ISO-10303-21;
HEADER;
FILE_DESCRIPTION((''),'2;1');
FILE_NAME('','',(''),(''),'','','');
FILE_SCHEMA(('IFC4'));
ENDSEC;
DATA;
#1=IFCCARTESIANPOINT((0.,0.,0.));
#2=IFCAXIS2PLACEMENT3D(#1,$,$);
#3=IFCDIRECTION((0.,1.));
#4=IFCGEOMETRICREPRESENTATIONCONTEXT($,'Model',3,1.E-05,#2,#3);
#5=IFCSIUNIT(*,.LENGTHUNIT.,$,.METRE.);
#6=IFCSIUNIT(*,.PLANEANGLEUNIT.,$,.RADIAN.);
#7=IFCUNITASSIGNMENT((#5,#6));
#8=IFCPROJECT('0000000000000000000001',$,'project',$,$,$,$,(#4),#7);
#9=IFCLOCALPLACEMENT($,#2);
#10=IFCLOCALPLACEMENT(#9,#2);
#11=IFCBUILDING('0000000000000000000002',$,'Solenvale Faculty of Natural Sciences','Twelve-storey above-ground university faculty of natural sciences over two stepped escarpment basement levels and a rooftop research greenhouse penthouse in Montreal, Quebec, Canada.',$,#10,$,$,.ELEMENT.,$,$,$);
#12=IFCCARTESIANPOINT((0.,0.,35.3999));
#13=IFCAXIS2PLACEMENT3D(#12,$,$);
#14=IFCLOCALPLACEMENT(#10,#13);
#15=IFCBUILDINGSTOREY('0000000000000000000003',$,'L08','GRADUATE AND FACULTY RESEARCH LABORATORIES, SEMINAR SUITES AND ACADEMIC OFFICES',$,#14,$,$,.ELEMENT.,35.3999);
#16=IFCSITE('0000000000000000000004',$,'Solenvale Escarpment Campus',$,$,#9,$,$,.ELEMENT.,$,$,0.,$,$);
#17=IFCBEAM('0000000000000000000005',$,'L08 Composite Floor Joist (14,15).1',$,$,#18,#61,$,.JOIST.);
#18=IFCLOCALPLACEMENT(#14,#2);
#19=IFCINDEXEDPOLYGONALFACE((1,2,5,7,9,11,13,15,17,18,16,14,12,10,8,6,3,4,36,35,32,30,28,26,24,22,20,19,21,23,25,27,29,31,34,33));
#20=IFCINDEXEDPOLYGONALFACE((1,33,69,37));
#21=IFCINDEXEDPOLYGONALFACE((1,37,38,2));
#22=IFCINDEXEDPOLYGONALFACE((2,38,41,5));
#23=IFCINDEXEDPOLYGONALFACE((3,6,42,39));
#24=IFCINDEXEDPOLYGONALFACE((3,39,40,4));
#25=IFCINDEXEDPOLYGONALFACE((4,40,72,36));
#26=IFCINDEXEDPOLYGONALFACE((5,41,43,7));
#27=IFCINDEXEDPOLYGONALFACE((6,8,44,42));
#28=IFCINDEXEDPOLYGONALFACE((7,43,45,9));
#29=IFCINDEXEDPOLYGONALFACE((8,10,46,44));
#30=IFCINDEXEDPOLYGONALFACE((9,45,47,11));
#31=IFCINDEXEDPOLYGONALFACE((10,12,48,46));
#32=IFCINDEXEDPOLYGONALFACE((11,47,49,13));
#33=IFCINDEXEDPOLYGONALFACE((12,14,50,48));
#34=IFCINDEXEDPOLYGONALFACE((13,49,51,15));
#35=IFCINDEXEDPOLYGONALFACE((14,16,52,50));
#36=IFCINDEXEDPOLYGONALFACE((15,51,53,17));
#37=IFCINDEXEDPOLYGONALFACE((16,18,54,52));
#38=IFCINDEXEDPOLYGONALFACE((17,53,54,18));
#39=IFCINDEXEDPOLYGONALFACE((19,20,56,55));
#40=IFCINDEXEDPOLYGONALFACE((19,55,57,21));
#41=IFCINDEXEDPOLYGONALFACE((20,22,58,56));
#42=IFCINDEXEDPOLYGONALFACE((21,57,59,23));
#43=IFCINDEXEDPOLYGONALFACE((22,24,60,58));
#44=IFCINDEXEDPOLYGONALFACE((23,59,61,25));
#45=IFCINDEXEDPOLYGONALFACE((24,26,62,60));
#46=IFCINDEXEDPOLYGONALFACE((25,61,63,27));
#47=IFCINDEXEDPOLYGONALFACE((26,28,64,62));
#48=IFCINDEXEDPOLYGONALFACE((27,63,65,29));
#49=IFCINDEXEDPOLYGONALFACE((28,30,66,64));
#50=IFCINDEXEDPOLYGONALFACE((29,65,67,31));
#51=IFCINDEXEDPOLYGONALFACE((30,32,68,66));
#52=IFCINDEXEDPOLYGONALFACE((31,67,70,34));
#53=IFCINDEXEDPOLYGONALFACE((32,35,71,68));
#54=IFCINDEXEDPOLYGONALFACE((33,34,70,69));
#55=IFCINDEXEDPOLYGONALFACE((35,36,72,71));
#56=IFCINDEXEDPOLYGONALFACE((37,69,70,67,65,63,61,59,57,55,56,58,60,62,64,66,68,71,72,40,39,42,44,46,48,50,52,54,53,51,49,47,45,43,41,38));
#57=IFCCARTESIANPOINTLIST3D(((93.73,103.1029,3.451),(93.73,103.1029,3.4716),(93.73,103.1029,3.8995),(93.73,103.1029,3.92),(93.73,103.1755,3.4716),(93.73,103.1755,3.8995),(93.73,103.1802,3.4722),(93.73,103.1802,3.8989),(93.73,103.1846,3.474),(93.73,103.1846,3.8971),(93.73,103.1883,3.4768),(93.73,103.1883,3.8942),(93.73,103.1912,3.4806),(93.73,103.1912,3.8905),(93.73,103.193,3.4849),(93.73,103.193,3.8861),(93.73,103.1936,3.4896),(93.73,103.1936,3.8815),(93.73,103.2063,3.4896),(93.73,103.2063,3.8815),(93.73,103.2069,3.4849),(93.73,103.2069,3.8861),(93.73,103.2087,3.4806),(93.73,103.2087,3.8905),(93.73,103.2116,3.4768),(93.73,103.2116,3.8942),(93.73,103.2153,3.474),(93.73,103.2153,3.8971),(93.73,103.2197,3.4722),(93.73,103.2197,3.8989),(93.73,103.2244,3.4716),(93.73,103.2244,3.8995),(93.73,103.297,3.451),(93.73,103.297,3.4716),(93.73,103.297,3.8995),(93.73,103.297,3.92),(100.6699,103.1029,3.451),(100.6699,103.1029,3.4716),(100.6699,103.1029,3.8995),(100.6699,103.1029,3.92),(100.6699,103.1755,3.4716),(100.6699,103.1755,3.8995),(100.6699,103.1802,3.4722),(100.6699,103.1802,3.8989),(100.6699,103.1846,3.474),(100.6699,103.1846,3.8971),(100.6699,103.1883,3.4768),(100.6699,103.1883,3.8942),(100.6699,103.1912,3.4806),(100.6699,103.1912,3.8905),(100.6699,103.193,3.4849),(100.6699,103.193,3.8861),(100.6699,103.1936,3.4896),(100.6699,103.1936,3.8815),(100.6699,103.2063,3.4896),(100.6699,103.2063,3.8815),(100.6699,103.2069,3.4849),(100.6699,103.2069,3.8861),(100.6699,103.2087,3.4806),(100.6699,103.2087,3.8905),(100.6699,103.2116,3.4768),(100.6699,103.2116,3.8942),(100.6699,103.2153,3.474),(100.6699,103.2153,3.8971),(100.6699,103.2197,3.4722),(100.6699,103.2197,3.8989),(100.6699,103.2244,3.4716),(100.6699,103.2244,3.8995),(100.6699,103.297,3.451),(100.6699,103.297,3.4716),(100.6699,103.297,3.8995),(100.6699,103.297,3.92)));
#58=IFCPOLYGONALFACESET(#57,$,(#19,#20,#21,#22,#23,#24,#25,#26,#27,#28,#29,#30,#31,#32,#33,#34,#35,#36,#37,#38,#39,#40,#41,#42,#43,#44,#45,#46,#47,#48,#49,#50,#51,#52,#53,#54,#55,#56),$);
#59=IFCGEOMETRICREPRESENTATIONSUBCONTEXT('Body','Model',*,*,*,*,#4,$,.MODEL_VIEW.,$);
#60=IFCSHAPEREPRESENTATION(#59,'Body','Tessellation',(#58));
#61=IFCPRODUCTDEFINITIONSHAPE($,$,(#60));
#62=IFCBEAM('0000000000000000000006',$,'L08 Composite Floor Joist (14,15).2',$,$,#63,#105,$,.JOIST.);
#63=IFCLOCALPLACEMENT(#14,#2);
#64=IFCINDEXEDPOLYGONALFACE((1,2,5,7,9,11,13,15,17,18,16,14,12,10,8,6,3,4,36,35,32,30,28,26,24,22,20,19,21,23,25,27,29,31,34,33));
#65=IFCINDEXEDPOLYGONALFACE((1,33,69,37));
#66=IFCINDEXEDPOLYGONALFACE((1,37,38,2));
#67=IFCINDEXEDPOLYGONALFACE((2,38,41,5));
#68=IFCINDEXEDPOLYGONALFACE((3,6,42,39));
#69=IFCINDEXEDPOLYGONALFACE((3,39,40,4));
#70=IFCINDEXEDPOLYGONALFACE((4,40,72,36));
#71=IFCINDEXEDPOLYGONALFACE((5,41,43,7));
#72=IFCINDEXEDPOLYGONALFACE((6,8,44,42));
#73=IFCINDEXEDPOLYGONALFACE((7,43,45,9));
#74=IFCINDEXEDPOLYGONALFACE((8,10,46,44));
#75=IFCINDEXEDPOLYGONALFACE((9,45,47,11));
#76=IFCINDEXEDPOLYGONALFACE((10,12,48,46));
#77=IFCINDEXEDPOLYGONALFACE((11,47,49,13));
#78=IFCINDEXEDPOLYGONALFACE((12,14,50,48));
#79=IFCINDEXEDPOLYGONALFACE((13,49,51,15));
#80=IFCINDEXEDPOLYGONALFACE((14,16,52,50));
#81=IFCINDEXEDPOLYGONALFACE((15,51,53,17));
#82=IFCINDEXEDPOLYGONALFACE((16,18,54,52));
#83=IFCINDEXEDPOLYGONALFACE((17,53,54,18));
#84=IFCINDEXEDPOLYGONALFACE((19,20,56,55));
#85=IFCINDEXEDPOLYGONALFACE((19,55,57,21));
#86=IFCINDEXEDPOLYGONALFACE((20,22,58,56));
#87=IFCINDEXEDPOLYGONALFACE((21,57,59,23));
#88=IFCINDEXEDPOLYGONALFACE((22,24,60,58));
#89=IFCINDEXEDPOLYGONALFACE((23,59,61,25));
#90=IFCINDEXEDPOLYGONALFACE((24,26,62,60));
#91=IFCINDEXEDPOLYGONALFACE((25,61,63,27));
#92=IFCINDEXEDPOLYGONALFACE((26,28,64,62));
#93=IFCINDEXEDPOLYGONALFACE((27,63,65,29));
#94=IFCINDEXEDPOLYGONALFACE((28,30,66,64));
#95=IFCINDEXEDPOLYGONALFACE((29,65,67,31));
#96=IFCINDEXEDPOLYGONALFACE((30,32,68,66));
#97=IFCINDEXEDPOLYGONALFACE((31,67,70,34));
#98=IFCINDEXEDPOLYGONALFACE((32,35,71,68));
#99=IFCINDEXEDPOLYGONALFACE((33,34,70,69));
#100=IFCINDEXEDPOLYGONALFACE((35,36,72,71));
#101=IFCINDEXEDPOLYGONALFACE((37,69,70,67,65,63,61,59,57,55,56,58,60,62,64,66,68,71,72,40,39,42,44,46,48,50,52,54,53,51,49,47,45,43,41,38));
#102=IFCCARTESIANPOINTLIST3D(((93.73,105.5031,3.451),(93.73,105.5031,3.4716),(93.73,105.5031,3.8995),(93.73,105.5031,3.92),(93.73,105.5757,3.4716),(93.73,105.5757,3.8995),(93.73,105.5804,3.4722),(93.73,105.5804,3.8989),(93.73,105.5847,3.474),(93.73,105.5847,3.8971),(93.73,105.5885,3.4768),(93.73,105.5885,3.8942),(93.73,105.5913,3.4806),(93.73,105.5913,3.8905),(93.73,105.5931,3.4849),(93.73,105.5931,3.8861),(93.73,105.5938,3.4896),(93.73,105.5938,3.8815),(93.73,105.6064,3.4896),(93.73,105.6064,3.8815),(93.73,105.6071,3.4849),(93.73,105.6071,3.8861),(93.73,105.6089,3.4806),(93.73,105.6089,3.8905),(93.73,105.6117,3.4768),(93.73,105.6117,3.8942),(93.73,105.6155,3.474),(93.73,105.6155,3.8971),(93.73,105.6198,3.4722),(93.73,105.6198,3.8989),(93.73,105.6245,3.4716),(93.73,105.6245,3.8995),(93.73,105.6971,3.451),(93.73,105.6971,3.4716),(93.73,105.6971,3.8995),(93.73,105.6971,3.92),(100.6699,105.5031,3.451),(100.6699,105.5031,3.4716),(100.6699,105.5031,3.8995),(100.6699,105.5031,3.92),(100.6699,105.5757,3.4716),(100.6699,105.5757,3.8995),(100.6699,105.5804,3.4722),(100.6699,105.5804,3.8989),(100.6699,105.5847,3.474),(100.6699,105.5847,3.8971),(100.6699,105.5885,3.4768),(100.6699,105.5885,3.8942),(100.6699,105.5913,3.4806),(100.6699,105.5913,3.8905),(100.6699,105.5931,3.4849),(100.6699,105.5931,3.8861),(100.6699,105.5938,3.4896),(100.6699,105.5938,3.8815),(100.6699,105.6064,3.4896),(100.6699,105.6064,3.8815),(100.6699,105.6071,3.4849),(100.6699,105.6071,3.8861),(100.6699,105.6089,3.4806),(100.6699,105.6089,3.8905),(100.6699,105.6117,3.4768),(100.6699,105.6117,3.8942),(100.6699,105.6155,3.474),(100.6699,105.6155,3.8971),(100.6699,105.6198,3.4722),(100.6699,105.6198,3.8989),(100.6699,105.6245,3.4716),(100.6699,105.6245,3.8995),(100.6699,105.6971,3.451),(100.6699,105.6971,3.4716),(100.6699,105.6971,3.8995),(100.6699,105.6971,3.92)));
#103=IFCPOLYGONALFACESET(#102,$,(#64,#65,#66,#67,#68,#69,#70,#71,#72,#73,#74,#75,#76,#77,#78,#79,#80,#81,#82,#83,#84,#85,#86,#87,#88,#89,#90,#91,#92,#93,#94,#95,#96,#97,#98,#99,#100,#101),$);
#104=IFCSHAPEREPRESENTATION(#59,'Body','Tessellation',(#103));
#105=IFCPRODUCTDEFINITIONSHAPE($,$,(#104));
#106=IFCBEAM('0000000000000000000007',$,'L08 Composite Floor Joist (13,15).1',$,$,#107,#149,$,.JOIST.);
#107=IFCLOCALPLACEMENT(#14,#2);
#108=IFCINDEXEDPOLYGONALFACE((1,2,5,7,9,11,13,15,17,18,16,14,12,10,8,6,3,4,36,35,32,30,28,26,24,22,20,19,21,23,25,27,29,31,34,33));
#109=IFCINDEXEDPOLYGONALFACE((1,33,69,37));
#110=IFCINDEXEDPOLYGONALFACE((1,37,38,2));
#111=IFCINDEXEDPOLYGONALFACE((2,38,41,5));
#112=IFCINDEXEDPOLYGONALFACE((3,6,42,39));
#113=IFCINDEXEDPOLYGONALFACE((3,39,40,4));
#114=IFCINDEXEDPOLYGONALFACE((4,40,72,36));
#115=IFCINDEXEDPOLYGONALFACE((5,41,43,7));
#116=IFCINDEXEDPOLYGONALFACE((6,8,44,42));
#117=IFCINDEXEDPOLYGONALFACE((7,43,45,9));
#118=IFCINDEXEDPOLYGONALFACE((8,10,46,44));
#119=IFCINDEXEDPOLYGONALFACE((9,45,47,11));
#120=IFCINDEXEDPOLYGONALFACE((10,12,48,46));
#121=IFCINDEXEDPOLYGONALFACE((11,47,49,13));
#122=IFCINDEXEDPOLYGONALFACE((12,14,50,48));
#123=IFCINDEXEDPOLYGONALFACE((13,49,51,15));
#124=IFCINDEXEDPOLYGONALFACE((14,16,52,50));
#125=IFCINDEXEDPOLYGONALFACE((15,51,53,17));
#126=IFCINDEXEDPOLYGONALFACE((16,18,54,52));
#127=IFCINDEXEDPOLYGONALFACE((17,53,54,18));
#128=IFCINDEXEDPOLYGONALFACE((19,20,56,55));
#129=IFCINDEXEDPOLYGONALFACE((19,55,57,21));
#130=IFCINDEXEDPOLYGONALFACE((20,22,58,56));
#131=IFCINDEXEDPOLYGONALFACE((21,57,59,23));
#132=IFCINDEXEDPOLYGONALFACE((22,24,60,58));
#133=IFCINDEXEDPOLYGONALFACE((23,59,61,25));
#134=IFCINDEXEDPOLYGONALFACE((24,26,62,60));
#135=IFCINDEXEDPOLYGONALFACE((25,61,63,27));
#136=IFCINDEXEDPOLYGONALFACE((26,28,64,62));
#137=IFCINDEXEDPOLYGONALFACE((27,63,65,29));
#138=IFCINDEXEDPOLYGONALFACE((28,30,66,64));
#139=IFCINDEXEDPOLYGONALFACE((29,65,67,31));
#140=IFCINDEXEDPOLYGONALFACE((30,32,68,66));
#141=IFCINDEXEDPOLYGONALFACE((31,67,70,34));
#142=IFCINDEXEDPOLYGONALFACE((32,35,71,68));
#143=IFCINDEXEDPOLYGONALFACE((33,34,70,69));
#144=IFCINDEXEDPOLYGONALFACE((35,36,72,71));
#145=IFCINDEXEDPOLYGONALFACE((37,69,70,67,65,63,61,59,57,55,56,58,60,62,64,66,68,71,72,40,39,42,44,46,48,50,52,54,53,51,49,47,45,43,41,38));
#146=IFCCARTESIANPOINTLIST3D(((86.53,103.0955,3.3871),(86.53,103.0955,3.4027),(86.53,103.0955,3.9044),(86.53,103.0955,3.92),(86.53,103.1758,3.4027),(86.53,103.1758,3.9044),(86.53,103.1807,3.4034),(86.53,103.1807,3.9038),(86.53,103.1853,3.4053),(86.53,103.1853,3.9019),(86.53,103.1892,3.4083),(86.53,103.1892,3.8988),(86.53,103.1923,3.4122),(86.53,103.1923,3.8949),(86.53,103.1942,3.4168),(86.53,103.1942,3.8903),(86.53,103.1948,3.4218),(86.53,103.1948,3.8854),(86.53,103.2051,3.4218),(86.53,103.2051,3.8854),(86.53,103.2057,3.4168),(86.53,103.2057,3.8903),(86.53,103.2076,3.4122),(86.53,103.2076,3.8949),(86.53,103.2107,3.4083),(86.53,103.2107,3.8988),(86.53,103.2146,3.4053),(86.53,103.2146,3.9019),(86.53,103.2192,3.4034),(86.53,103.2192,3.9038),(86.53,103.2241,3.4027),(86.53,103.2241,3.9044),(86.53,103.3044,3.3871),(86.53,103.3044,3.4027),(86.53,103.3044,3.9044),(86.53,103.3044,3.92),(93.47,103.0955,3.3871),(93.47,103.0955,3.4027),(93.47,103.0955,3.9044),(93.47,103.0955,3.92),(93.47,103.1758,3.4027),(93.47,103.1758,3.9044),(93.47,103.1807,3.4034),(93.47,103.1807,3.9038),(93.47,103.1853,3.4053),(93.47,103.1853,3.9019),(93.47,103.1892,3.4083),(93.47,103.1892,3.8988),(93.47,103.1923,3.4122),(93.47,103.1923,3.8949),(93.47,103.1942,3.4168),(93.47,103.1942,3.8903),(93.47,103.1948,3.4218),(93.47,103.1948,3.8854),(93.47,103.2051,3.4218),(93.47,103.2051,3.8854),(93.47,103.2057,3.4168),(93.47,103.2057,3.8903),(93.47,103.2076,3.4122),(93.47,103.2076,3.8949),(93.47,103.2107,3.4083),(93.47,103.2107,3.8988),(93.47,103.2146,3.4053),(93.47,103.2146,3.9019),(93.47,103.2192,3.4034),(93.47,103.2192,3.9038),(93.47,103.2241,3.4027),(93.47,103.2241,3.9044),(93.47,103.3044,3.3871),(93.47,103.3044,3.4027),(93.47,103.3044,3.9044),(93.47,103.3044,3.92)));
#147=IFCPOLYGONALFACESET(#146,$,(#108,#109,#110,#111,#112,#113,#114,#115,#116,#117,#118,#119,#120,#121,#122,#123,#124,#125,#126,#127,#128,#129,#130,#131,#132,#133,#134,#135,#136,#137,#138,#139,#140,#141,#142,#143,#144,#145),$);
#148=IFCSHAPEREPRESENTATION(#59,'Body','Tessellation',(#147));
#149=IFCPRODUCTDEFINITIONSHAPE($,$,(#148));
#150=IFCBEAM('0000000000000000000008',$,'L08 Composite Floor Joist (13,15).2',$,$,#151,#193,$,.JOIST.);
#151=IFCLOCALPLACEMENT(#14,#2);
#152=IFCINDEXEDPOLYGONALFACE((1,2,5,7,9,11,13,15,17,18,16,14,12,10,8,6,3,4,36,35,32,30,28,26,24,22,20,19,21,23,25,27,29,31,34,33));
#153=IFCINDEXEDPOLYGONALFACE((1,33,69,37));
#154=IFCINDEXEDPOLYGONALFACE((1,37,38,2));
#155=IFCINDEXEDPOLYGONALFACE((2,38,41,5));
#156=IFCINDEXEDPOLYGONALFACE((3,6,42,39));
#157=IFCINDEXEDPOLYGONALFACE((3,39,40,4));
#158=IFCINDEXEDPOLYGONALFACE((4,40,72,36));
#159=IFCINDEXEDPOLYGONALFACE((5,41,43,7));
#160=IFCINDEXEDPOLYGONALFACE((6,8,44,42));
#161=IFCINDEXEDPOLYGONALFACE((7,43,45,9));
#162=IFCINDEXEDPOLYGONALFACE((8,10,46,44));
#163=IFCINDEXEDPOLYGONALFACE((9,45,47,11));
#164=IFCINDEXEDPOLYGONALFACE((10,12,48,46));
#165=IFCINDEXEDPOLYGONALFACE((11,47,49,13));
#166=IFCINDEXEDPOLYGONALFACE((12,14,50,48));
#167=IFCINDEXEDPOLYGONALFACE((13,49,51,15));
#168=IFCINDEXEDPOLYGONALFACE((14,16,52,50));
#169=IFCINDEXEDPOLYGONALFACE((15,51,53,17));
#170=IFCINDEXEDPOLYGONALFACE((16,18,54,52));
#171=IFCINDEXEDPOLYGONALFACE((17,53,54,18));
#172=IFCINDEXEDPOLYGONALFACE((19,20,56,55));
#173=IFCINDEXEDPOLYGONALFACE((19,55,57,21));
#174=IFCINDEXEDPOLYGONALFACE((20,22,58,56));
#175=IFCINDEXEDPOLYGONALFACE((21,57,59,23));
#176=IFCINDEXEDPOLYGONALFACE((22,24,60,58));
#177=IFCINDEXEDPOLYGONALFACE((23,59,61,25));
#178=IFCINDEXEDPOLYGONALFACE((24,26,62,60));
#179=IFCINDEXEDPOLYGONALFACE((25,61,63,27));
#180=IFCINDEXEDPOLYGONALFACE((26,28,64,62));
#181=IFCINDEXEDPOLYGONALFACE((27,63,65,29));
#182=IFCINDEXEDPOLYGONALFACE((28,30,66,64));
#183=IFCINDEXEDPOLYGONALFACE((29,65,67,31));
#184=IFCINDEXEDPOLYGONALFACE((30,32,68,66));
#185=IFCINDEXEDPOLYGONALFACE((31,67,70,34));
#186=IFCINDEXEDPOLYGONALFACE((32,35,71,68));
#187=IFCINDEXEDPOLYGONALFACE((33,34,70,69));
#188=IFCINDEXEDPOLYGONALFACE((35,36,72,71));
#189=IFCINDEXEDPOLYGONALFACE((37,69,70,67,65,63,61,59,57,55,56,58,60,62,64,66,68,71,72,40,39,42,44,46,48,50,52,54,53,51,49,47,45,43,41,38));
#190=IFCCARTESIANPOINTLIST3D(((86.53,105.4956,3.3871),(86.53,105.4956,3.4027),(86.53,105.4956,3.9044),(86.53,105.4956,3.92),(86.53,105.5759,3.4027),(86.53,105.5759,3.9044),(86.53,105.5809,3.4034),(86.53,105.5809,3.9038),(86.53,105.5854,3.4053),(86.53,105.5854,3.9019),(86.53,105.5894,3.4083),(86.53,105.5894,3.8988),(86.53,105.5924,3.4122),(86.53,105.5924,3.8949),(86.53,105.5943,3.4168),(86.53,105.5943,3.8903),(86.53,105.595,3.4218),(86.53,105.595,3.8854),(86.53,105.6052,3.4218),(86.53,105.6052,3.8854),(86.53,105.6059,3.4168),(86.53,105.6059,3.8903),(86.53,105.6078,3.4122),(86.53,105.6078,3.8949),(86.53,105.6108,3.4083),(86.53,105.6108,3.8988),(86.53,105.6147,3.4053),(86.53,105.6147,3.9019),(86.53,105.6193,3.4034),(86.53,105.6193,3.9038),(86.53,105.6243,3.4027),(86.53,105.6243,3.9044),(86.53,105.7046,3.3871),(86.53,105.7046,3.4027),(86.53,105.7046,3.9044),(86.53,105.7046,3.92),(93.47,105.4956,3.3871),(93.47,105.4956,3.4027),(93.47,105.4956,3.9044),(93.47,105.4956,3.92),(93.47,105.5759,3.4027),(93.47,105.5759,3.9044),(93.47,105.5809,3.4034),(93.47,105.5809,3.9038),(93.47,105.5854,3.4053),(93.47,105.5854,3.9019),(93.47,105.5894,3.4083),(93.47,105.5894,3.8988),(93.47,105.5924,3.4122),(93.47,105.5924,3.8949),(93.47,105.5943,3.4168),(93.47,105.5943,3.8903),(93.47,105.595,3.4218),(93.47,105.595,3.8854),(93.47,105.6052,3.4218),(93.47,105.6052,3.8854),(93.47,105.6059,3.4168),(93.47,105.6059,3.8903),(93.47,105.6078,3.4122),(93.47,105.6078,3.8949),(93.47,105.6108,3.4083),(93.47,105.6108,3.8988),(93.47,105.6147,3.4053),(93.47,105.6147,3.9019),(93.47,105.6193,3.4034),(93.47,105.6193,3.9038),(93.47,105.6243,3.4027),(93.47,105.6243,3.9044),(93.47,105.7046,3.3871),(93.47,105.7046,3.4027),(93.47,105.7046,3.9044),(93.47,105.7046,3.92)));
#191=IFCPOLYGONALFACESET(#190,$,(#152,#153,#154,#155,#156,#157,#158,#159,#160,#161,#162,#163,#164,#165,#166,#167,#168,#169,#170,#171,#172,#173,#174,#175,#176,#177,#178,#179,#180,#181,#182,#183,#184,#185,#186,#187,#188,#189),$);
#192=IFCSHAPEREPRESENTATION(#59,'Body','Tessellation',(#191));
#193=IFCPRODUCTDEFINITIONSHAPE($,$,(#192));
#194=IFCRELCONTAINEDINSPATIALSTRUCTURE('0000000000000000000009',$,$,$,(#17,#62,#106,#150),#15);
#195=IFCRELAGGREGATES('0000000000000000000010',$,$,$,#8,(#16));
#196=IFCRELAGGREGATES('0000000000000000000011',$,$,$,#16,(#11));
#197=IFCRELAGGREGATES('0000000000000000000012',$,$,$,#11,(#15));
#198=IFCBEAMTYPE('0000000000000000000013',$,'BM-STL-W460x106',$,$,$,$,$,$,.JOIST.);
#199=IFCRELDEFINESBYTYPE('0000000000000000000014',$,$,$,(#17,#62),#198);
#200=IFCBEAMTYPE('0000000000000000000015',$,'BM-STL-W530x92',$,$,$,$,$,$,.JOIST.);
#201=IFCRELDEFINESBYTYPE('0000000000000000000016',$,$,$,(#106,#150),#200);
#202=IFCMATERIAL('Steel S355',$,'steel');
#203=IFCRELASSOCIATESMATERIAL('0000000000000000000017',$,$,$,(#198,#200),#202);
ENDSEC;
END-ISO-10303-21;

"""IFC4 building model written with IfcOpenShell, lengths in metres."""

from ifc_helpers import new_model, si_unit, direction, frame, origin, origin_2d, place, context, subcontext, project, spatial, i_section, extrude, material, material_profile, profile_set, type_object, element, save


model = new_model("IFC4")

# Units and contexts
model_context = context("Model", 3, precision=1e-05, world=origin(), true_north=direction((0.0, 1.0)))
body_context = subcontext(model_context, "Body", "Model", "MODEL_VIEW")
ifc_project = project(units=[si_unit("LENGTHUNIT", "METRE"), si_unit("PLANEANGLEUNIT", "RADIAN")], contexts=[model_context])

# Site, building, storey
site_placement = place(None, origin())
site = spatial("IfcSite", under=ifc_project, at=site_placement, Name="Solenvale Escarpment Campus", CompositionType="ELEMENT", RefElevation=0.0)
building_placement = place(site_placement, origin())
building = spatial("IfcBuilding", under=site, at=building_placement, Name="Solenvale Faculty of Natural Sciences", Description="Twelve-storey above-ground university faculty of natural sciences over two stepped escarpment basement levels and a rooftop research greenhouse penthouse in Montreal, Quebec, Canada.", CompositionType="ELEMENT")
storey_placement = place(building_placement, frame((0.0, 0.0, 35.3999)))
storey = spatial("IfcBuildingStorey", under=building, at=storey_placement, Name="L08", Description="GRADUATE AND FACULTY RESEARCH LABORATORIES, SEMINAR SUITES AND ACADEMIC OFFICES", CompositionType="ELEMENT", Elevation=35.3999)

# Beams
ifc_material_1 = material(Name="Steel S355", Category="steel")
ifc_material_profile_1 = material_profile(ifc_material_1, i_section(OverallWidth=0.1941, OverallDepth=0.469, WebThickness=0.0127, FlangeThickness=0.0205, FilletRadius=0.0181, at=origin_2d()), Name="W460x106")
ifc_profile_set_1 = profile_set([ifc_material_profile_1], Name="Steel S355")
beam_type_1 = type_object("IfcBeamType", Name="BM-STL-W460x106", PredefinedType="JOIST", material=ifc_profile_set_1)
for number, where, z_axis, x_axis, name in (
    (1, (93.73, 103.2, 3.6855), (1.0, 0.0, 0.0), (0.0, 1.0, 0.0), "L08 Composite Floor Joist (14,15).1"),
    (2, (93.73, 105.6001, 3.6855), (1.0, 0.0, 0.0), (0.0, 1.0, 0.0), "L08 Composite Floor Joist (14,15).2"),
):
    element("IfcBeam", number, at=place(storey_placement, frame(where, z_axis=z_axis, x_axis=x_axis)), inside=storey, type_object=beam_type_1, Name=name, PredefinedType="JOIST", context=body_context, shape_type="SweptSolid", body=[
        extrude(i_section(OverallWidth=0.1941, OverallDepth=0.469, WebThickness=0.0127, FlangeThickness=0.0205, FilletRadius=0.0181, at=origin_2d()), origin(), (0.0, 0.0, 1.0), 6.9399),
    ])
ifc_material_profile_2 = material_profile(ifc_material_1, i_section(OverallWidth=0.209, OverallDepth=0.533, WebThickness=0.0103, FlangeThickness=0.0156, FilletRadius=0.019, at=origin_2d()), Name="W530x92")
ifc_profile_set_2 = profile_set([ifc_material_profile_2], Name="Steel S355")
beam_type_2 = type_object("IfcBeamType", Name="BM-STL-W530x92", PredefinedType="JOIST", material=ifc_profile_set_2)
for number, where, z_axis, x_axis, name in (
    (3, (86.53, 103.2, 3.6536), (1.0, 0.0, 0.0), (0.0, 1.0, 0.0), "L08 Composite Floor Joist (13,15).1"),
    (4, (86.53, 105.6001, 3.6536), (1.0, 0.0, 0.0), (0.0, 1.0, 0.0), "L08 Composite Floor Joist (13,15).2"),
):
    element("IfcBeam", number, at=place(storey_placement, frame(where, z_axis=z_axis, x_axis=x_axis)), inside=storey, type_object=beam_type_2, Name=name, PredefinedType="JOIST", context=body_context, shape_type="SweptSolid", body=[
        extrude(i_section(OverallWidth=0.209, OverallDepth=0.533, WebThickness=0.0103, FlangeThickness=0.0156, FilletRadius=0.019, at=origin_2d()), origin(), (0.0, 0.0, 1.0), 6.9399),
    ])

save(model, "model.ifc")
